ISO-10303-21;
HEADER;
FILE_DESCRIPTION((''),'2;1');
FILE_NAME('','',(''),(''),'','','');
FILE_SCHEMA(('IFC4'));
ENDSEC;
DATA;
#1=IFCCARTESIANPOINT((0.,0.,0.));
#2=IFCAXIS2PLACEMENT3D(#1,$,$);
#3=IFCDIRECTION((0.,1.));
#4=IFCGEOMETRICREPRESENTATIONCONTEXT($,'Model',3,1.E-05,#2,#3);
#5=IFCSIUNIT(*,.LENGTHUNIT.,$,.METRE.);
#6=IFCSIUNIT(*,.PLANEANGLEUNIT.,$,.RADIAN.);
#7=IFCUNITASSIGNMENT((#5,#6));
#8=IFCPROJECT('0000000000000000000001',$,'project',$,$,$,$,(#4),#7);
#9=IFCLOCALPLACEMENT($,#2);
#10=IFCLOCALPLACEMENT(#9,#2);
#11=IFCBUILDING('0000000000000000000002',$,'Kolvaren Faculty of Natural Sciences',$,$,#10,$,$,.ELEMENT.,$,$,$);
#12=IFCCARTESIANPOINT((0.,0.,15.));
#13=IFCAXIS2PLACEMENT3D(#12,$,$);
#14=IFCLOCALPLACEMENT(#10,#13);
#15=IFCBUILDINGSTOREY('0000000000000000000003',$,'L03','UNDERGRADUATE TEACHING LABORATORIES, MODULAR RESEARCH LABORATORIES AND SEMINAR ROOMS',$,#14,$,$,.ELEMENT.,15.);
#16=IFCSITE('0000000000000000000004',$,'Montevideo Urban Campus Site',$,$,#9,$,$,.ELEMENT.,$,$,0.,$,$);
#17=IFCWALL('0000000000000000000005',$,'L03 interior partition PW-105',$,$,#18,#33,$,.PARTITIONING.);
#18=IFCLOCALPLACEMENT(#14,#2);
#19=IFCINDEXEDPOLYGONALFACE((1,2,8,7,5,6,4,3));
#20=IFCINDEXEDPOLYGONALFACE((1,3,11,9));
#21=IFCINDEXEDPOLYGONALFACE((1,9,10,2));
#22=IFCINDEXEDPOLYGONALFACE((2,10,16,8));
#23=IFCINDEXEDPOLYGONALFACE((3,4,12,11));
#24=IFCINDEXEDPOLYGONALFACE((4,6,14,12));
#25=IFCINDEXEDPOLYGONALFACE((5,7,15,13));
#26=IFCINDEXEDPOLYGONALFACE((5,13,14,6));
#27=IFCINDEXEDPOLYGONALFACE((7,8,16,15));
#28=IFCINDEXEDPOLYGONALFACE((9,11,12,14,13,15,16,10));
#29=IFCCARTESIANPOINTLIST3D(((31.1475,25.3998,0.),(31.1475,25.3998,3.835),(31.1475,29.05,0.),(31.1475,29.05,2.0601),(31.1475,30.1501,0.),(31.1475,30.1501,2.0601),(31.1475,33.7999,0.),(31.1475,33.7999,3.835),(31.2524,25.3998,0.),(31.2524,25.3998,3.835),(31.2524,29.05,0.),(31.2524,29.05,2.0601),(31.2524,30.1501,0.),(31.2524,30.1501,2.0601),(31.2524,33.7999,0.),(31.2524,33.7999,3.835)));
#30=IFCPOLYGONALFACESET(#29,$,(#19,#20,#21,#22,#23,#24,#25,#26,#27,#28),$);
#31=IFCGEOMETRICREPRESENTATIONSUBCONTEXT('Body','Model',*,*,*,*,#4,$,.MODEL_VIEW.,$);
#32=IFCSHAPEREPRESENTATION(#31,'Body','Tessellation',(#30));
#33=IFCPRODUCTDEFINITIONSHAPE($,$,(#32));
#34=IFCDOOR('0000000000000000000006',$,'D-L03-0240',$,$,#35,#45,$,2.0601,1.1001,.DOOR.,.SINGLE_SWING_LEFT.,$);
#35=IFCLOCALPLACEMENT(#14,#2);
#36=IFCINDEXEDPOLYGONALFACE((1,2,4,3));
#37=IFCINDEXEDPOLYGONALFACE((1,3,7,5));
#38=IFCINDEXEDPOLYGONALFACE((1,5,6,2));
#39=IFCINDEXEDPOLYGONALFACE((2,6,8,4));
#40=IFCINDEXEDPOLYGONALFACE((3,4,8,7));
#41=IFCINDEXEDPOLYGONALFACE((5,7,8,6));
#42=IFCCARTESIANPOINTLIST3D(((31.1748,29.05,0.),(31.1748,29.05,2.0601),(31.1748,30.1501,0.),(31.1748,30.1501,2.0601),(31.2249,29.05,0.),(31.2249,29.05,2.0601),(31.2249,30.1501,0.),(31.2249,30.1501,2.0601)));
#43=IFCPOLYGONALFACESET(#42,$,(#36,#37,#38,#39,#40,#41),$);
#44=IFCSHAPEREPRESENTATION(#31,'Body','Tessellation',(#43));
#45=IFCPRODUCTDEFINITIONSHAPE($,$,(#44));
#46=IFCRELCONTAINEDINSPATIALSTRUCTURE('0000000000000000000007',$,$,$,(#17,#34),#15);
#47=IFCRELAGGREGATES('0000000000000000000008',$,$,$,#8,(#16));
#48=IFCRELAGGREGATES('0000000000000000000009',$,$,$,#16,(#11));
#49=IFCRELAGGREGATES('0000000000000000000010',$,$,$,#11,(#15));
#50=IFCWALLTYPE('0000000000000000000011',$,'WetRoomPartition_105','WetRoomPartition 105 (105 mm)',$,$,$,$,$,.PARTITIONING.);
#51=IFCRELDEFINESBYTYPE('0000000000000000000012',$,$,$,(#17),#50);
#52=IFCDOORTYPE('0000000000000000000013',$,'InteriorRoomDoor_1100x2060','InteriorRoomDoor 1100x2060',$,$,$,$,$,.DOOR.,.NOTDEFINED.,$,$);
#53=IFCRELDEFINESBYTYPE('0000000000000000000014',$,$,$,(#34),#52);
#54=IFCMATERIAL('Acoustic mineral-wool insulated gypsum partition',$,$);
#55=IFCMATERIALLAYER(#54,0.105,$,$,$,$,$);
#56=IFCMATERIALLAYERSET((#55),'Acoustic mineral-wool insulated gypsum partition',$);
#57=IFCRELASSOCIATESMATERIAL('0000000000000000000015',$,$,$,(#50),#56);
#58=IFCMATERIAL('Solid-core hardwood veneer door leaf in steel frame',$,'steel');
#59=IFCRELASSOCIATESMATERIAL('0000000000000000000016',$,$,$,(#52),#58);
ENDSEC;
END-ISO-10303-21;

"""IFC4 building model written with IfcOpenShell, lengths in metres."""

from ifc_helpers import new_model, si_unit, direction, frame, frame_2d, origin, place, context, subcontext, project, spatial, rectangle, extrude, material, layer, layer_set, type_object, element, fill, save


model = new_model("IFC4")

# Units and contexts
model_context = context("Model", 3, precision=1e-05, world=origin(), true_north=direction((0.0, 1.0)))
body_context = subcontext(model_context, "Body", "Model", "MODEL_VIEW")
ifc_project = project(units=[si_unit("LENGTHUNIT", "METRE"), si_unit("PLANEANGLEUNIT", "RADIAN")], contexts=[model_context])

# Site, building, storey
site_placement = place(None, origin())
site = spatial("IfcSite", under=ifc_project, at=site_placement, Name="Montevideo Urban Campus Site", CompositionType="ELEMENT", RefElevation=0.0)
building_placement = place(site_placement, origin())
building = spatial("IfcBuilding", under=site, at=building_placement, Name="Kolvaren Faculty of Natural Sciences", CompositionType="ELEMENT")
storey_placement = place(building_placement, frame((0.0, 0.0, 15.0)))
storey = spatial("IfcBuildingStorey", under=building, at=storey_placement, Name="L03", Description="UNDERGRADUATE TEACHING LABORATORIES, MODULAR RESEARCH LABORATORIES AND SEMINAR ROOMS", CompositionType="ELEMENT", Elevation=15.0)

# Shared definitions
ifc_material_1 = material(Name="Acoustic mineral-wool insulated gypsum partition")

# Shared definitions
ifc_material_2 = material(Name="Solid-core hardwood veneer door leaf in steel frame", Category="steel")

# Shared definitions
ifc_layer_1 = layer(ifc_material_1, 0.105)
ifc_layer_set_1 = layer_set([ifc_layer_1], Name="Acoustic mineral-wool insulated gypsum partition")
wall_type_1 = type_object("IfcWallType", Name="WetRoomPartition_105", Description="WetRoomPartition 105 (105 mm)", PredefinedType="PARTITIONING", material=ifc_layer_set_1)

# Wall, opening, door
wall_1_placement = place(storey_placement, frame((31.2, 33.8, 0.0), z_axis=(0.0, 0.0, 1.0), x_axis=(0.0, -1.0, 0.0)))
wall_1 = element("IfcWall", 1, at=wall_1_placement, inside=storey, type_object=wall_type_1, Name="L03 interior partition PW-105", PredefinedType="PARTITIONING", context=body_context, shape_type="SweptSolid", body=[
    extrude(rectangle(XDim=8.4001, YDim=0.105, at=frame_2d((4.2002, 0.0))), origin(), (0.0, 0.0, 1.0), 3.835),
])
opening_1_placement = place(wall_1_placement, frame((3.6499, 0.0, 0.0)))
opening_1 = element("IfcOpeningElement", 2, at=opening_1_placement, cuts=wall_1, PredefinedType="OPENING", context=body_context, shape_type="SweptSolid", body=[
    extrude(rectangle(XDim=1.1001, YDim=2.0601, at=frame_2d((0.55, 1.03))), frame((0.0, 0.0625, 0.0), z_axis=(0.0, -1.0, 0.0), x_axis=(1.0, 0.0, 0.0)), (0.0, 0.0, 1.0), 0.125),
])
door_type_1 = type_object("IfcDoorType", Name="InteriorRoomDoor_1100x2060", Description="InteriorRoomDoor 1100x2060", OperationType="NOTDEFINED", PredefinedType="DOOR", material=ifc_material_2)
door_1_placement = place(opening_1_placement, origin())
door_1 = element("IfcDoor", 3, at=door_1_placement, inside=storey, type_object=door_type_1, Name="D-L03-0240", OperationType="SINGLE_SWING_LEFT", OverallHeight=2.0601, OverallWidth=1.1001, PredefinedType="DOOR", context=body_context, shape_type="SweptSolid", body=[
    extrude(rectangle(XDim=1.1001, YDim=2.0601, at=frame_2d((0.55, 1.03))), frame((0.0, 0.0249, 0.0), z_axis=(0.0, -1.0, 0.0), x_axis=(1.0, 0.0, 0.0)), (0.0, 0.0, 1.0), 0.05),
])
fill(opening_1, door_1)

save(model, "model.ifc")
